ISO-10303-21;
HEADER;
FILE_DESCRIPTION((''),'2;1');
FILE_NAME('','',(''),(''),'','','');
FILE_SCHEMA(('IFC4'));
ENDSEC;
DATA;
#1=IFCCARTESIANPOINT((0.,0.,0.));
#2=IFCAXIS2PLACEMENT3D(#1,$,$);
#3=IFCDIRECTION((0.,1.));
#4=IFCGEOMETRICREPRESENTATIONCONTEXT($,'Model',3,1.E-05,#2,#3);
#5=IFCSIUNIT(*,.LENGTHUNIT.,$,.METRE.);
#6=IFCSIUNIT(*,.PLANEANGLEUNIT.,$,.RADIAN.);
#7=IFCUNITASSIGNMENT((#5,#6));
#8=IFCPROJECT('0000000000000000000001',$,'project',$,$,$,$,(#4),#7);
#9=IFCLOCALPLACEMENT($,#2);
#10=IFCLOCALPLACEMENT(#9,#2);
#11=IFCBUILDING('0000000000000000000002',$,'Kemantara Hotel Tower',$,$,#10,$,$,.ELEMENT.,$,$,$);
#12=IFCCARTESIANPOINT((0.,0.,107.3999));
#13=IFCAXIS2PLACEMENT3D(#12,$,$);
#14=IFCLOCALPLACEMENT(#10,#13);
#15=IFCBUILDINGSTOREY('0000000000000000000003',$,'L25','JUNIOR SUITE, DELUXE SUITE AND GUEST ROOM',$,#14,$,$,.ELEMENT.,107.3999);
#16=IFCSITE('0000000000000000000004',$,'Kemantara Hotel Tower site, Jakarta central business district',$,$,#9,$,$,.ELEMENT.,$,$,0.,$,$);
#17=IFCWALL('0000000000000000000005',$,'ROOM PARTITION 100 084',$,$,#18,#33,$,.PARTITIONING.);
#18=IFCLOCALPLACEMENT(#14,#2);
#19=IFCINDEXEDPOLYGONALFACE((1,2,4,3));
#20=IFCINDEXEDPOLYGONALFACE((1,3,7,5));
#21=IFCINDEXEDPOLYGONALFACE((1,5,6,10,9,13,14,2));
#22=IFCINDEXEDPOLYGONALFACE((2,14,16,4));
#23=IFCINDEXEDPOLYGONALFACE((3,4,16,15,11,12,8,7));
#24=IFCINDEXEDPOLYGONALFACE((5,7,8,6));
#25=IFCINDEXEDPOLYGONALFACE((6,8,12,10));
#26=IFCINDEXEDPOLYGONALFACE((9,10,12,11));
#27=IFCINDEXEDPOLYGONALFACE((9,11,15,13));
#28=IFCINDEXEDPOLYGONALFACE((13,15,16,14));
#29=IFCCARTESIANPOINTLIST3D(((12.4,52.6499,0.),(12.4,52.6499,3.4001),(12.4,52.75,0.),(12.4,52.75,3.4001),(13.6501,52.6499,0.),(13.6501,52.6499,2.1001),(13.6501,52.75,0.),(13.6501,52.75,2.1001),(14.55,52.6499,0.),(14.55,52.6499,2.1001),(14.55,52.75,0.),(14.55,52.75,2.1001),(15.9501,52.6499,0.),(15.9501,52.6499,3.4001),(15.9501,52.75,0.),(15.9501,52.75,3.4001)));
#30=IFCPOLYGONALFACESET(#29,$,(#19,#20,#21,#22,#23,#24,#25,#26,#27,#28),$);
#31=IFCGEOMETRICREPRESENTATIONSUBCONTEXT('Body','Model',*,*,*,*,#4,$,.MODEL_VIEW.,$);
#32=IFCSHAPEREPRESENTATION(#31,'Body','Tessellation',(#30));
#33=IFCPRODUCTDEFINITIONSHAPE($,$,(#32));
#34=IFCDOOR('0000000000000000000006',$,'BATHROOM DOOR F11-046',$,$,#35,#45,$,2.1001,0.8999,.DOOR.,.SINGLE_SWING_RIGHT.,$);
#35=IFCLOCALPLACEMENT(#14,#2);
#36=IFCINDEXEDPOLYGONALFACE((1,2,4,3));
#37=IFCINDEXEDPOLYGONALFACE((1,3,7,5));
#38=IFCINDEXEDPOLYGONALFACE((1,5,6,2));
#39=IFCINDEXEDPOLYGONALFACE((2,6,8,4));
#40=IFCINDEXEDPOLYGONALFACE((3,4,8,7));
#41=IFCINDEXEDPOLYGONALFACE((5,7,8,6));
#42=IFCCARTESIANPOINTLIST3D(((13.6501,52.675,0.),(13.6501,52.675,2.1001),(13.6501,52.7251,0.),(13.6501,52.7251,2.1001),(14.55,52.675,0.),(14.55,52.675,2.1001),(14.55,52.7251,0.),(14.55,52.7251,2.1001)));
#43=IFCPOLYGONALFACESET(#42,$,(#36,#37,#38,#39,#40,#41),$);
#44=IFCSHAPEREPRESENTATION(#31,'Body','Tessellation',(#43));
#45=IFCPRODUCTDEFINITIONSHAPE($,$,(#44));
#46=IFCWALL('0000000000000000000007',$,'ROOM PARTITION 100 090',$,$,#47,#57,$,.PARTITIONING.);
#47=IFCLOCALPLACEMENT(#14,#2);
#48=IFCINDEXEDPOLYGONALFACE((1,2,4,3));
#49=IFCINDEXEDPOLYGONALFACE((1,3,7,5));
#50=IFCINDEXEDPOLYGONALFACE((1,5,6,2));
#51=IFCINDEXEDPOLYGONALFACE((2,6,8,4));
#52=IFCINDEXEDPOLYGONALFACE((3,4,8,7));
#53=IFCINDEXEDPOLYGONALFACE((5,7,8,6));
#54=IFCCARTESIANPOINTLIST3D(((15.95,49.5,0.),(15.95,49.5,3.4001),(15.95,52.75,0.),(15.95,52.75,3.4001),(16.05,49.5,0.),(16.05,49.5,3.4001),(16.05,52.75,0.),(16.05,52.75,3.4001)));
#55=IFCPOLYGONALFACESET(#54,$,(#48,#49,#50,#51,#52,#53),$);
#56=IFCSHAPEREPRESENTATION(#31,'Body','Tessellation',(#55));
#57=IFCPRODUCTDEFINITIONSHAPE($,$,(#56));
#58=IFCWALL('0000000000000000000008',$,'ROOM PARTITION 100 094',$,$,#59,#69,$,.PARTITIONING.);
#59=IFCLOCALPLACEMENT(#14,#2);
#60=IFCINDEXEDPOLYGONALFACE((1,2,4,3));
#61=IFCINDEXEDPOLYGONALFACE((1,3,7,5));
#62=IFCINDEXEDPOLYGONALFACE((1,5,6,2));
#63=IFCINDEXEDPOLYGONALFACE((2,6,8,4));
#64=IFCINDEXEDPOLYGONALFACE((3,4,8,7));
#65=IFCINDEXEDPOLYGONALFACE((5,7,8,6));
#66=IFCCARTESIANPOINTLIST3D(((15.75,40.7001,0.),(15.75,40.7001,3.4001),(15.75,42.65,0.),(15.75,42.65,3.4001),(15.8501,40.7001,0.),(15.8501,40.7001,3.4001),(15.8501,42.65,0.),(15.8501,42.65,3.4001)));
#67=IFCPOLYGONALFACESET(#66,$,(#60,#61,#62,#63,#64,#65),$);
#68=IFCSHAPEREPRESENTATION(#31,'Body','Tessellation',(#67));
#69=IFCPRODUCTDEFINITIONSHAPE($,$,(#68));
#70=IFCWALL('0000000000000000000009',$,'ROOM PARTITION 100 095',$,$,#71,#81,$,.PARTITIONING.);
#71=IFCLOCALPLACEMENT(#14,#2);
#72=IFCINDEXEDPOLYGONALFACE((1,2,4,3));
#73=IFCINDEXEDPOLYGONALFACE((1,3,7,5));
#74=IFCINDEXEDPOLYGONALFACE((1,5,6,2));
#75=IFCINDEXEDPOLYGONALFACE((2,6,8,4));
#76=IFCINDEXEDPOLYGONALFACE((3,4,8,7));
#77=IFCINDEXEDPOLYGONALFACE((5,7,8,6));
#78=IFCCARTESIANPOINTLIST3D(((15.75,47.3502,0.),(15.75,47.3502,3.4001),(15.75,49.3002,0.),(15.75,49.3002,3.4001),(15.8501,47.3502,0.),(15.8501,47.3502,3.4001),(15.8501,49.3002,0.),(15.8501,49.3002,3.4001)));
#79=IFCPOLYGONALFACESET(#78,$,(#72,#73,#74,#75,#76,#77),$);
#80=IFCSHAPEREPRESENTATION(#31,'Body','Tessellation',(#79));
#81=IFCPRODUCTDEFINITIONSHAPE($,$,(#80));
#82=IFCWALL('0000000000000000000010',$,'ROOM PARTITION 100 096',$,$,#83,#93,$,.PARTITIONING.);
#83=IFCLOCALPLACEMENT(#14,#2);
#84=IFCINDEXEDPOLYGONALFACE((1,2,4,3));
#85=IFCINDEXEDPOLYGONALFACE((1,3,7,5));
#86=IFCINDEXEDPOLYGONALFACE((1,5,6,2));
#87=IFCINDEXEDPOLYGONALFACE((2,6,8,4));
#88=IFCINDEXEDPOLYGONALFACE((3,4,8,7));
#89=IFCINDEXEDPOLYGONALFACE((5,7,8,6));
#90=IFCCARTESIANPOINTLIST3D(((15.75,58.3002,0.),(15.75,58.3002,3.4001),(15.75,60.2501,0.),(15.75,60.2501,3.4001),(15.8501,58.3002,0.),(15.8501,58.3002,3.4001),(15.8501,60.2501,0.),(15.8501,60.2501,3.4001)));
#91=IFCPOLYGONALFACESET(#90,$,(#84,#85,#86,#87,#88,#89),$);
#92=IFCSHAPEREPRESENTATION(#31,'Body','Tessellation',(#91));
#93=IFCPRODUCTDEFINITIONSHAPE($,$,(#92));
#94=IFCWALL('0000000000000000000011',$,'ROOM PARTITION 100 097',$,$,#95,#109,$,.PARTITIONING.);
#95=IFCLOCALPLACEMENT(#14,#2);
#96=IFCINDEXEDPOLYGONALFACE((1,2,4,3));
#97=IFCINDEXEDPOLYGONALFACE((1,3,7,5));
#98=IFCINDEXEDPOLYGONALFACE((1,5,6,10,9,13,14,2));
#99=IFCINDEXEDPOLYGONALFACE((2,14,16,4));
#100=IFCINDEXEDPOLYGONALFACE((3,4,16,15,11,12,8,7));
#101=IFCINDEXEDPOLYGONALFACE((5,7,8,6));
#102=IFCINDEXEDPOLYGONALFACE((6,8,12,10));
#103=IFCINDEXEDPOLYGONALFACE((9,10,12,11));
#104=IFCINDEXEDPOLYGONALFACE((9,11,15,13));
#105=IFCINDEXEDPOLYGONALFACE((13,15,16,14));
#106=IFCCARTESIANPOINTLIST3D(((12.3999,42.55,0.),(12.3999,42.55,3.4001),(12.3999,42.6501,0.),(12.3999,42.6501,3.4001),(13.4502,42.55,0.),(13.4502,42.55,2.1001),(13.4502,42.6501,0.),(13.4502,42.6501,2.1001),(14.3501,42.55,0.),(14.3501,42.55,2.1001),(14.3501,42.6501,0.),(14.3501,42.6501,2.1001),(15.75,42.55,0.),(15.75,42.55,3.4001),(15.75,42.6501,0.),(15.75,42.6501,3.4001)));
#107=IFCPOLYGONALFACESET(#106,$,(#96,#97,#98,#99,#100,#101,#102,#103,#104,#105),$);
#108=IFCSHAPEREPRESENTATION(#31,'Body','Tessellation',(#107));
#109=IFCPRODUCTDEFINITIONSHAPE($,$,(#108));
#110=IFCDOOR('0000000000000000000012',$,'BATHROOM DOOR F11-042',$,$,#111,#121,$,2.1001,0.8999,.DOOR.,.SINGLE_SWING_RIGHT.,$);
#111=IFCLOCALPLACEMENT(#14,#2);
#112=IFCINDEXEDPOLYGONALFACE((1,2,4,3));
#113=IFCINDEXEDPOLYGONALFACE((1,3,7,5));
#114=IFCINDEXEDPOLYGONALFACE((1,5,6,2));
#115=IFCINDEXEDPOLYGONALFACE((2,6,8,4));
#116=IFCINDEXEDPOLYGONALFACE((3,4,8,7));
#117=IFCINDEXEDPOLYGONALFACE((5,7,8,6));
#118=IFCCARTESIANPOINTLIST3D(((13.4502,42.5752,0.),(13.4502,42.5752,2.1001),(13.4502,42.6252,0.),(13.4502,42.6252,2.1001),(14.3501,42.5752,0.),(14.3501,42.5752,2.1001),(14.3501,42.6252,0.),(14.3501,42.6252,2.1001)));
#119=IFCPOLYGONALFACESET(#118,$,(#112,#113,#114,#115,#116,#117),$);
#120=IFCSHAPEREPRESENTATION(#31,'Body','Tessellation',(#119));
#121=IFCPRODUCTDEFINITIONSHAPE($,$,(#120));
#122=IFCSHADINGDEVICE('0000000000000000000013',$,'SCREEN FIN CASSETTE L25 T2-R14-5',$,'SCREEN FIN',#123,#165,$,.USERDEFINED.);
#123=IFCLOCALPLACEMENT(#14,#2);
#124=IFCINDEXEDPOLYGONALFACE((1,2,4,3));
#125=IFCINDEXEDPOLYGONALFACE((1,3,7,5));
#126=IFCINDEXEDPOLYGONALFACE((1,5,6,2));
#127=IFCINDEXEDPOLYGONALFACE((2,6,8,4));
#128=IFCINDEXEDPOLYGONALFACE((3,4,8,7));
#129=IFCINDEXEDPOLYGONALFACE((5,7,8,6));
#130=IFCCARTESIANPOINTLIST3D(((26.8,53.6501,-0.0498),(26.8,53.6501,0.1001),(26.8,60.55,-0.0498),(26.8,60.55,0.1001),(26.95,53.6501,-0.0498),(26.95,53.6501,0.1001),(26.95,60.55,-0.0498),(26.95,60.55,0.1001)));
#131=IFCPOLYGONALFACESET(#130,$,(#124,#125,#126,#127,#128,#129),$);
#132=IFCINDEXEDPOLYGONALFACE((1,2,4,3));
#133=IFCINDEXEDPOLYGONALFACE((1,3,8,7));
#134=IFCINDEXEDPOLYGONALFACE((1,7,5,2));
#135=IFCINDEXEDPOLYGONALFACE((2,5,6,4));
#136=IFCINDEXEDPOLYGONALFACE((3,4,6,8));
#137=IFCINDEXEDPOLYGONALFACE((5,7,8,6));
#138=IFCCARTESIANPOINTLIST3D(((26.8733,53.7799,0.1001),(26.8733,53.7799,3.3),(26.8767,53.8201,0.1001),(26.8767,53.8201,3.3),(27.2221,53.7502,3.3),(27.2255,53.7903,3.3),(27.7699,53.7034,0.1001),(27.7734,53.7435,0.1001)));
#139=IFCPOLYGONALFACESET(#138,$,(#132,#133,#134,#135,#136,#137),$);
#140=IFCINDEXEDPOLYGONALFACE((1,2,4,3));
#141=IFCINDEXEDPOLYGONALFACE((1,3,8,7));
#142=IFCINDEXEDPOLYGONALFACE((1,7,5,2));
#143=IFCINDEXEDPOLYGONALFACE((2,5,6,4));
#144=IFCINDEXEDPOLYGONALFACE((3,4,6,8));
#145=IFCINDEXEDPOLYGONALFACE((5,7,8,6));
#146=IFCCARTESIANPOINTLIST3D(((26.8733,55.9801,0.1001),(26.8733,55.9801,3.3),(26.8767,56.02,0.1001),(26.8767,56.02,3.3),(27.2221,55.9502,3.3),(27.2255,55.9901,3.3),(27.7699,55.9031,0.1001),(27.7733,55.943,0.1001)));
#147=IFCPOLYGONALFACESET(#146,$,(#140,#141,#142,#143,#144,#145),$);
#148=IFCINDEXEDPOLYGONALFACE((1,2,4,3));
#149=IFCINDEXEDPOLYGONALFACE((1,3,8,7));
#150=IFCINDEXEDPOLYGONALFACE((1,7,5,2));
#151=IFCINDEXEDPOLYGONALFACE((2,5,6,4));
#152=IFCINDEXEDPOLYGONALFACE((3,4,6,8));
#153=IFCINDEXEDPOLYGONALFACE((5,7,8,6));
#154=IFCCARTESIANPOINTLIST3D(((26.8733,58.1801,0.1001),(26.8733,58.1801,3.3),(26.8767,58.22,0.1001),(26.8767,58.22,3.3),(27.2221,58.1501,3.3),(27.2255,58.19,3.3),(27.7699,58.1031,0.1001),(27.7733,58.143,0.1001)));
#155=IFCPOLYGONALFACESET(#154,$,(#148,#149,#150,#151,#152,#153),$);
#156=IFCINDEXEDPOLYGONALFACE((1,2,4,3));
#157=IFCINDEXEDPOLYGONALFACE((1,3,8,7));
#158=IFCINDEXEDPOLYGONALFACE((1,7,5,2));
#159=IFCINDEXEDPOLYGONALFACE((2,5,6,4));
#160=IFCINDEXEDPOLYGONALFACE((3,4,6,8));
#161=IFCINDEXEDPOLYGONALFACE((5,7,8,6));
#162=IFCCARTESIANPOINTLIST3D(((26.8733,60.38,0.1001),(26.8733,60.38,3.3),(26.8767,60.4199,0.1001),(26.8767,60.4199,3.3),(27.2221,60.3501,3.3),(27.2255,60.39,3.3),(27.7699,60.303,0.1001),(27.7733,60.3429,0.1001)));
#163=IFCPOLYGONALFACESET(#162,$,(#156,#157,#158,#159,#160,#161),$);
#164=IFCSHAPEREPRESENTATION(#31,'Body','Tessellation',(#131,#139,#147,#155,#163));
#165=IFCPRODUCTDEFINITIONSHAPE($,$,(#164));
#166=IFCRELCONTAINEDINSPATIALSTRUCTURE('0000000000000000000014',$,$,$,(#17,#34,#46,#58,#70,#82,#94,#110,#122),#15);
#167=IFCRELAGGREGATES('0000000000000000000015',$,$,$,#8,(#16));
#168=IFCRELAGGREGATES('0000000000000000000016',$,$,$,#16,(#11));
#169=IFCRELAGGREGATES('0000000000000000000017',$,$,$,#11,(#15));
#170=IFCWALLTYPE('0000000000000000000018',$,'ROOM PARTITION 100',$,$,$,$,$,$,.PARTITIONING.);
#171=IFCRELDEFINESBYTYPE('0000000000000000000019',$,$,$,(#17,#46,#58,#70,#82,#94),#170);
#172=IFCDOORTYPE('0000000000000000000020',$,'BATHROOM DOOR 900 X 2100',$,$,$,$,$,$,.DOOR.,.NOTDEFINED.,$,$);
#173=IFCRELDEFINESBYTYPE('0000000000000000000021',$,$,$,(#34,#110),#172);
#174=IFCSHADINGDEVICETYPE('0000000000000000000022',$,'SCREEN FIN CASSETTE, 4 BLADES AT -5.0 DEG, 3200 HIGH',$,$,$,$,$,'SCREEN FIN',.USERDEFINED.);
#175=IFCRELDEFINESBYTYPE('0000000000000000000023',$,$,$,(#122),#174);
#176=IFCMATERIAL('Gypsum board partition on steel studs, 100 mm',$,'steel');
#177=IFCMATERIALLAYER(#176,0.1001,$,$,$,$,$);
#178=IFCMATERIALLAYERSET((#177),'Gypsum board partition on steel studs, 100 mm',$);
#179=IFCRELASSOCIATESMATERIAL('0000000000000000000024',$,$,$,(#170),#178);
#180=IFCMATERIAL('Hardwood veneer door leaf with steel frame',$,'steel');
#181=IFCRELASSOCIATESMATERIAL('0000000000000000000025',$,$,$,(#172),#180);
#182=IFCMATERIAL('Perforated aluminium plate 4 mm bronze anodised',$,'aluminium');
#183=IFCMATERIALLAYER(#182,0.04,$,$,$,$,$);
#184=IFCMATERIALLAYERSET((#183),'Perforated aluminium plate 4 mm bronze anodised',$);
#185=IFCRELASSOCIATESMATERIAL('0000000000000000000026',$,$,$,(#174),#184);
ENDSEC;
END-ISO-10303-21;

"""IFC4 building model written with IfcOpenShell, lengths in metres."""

from ifc_helpers import new_model, si_unit, direction, frame, frame_2d, origin, origin_2d, place, context, subcontext, project, spatial, polyline, rectangle, outline, extrude, source, transform, mapped, material, layer, layer_set, type_object, element, fill, save


model = new_model("IFC4")

# Units and contexts
model_context = context("Model", 3, precision=1e-05, world=origin(), true_north=direction((0.0, 1.0)))
body_context = subcontext(model_context, "Body", "Model", "MODEL_VIEW")
ifc_project = project(units=[si_unit("LENGTHUNIT", "METRE"), si_unit("PLANEANGLEUNIT", "RADIAN")], contexts=[model_context])

# Site, building, storey
site_placement = place(None, origin())
site = spatial("IfcSite", under=ifc_project, at=site_placement, Name="Kemantara Hotel Tower site, Jakarta central business district", CompositionType="ELEMENT", RefElevation=0.0)
building_placement = place(site_placement, origin())
building = spatial("IfcBuilding", under=site, at=building_placement, Name="Kemantara Hotel Tower", CompositionType="ELEMENT")
storey_placement = place(building_placement, frame((0.0, 0.0, 107.3999)))
storey = spatial("IfcBuildingStorey", under=building, at=storey_placement, Name="L25", Description="JUNIOR SUITE, DELUXE SUITE AND GUEST ROOM", CompositionType="ELEMENT", Elevation=107.3999)

# Wall, opening, door
ifc_material_1 = material(Name="Gypsum board partition on steel studs, 100 mm", Category="steel")
ifc_layer_1 = layer(ifc_material_1, 0.1001)
ifc_layer_set_1 = layer_set([ifc_layer_1], Name="Gypsum board partition on steel studs, 100 mm")
wall_type_1 = type_object("IfcWallType", Name="ROOM PARTITION 100", PredefinedType="PARTITIONING", material=ifc_layer_set_1)
wall_1_placement = place(storey_placement, frame((15.95, 52.7, 0.0), z_axis=(0.0, 0.0, 1.0), x_axis=(-1.0, 0.0, 0.0)))
wall_1 = element("IfcWall", 1, at=wall_1_placement, inside=storey, type_object=wall_type_1, Name="ROOM PARTITION 100 084", PredefinedType="PARTITIONING", context=body_context, shape_type="SweptSolid", body=[
    extrude(rectangle(XDim=3.55, YDim=0.1001, at=frame_2d((1.7749, 0.0))), origin(), (0.0, 0.0, 1.0), 3.4001),
])
opening_1_placement = place(wall_1_placement, frame((1.3999, 0.0, 0.0)))
opening_1 = element("IfcOpeningElement", 2, at=opening_1_placement, cuts=wall_1, PredefinedType="OPENING", context=body_context, shape_type="SweptSolid", body=[
    extrude(rectangle(XDim=0.8999, YDim=2.1001, at=frame_2d((0.45, 1.05))), frame((0.0, 0.0601, 0.0), z_axis=(0.0, -1.0, 0.0), x_axis=(1.0, 0.0, 0.0)), (0.0, 0.0, 1.0), 0.1201),
])
ifc_material_2 = material(Name="Hardwood veneer door leaf with steel frame", Category="steel")
door_type = type_object("IfcDoorType", Name="BATHROOM DOOR 900 X 2100", OperationType="NOTDEFINED", PredefinedType="DOOR", material=ifc_material_2)
door_1_placement = place(opening_1_placement, origin())
door_1 = element("IfcDoor", 3, at=door_1_placement, inside=storey, type_object=door_type, Name="BATHROOM DOOR F11-046", OperationType="SINGLE_SWING_RIGHT", OverallHeight=2.1001, OverallWidth=0.8999, PredefinedType="DOOR", context=body_context, shape_type="SweptSolid", body=[
    extrude(rectangle(XDim=0.8999, YDim=2.1001, at=frame_2d((0.45, 1.05))), frame((0.0, 0.0249, 0.0), z_axis=(0.0, -1.0, 0.0), x_axis=(1.0, 0.0, 0.0)), (0.0, 0.0, 1.0), 0.05),
])
fill(opening_1, door_1)

# Walls
wall_2_placement = place(storey_placement, frame((16.0, 49.5, 0.0), z_axis=(0.0, 0.0, 1.0), x_axis=(0.0, 1.0, 0.0)))
element("IfcWall", 4, at=wall_2_placement, inside=storey, type_object=wall_type_1, Name="ROOM PARTITION 100 090", PredefinedType="PARTITIONING", context=body_context, shape_type="SweptSolid", body=[
    extrude(rectangle(XDim=3.25, YDim=0.1001, at=frame_2d((1.625, 0.0))), origin(), (0.0, 0.0, 1.0), 3.4001),
])
for number, where, z_axis, x_axis, name in (
    (5, (15.8, 40.7, 0.0), (0.0, 0.0, 1.0), (0.0, 1.0, 0.0), "ROOM PARTITION 100 094"),
    (6, (15.8, 47.3501, 0.0), (0.0, 0.0, 1.0), (0.0, 1.0, 0.0), "ROOM PARTITION 100 095"),
    (7, (15.8, 58.3, 0.0), (0.0, 0.0, 1.0), (0.0, 1.0, 0.0), "ROOM PARTITION 100 096"),
):
    element("IfcWall", number, at=place(storey_placement, frame(where, z_axis=z_axis, x_axis=x_axis)), inside=storey, type_object=wall_type_1, Name=name, PredefinedType="PARTITIONING", context=body_context, shape_type="SweptSolid", body=[
        extrude(rectangle(XDim=1.95, YDim=0.1001, at=frame_2d((0.9751, 0.0))), origin(), (0.0, 0.0, 1.0), 3.4001),
    ])

# Wall, opening, door
wall_3_placement = place(storey_placement, frame((15.75, 42.6001, 0.0), z_axis=(0.0, 0.0, 1.0), x_axis=(-1.0, 0.0, 0.0)))
wall_3 = element("IfcWall", 8, at=wall_3_placement, inside=storey, type_object=wall_type_1, Name="ROOM PARTITION 100 097", PredefinedType="PARTITIONING", context=body_context, shape_type="SweptSolid", body=[
    extrude(rectangle(XDim=3.3501, YDim=0.1001, at=frame_2d((1.675, 0.0))), origin(), (0.0, 0.0, 1.0), 3.4001),
])
opening_2_placement = place(wall_3_placement, frame((1.3999, 0.0, 0.0)))
opening_2 = element("IfcOpeningElement", 9, at=opening_2_placement, cuts=wall_3, PredefinedType="OPENING", context=body_context, shape_type="SweptSolid", body=[
    extrude(rectangle(XDim=0.8999, YDim=2.1001, at=frame_2d((0.45, 1.05))), frame((0.0, 0.0601, 0.0), z_axis=(0.0, -1.0, 0.0), x_axis=(1.0, 0.0, 0.0)), (0.0, 0.0, 1.0), 0.1201),
])
door_2_placement = place(opening_2_placement, origin())
door_2 = element("IfcDoor", 10, at=door_2_placement, inside=storey, type_object=door_type, Name="BATHROOM DOOR F11-042", OperationType="SINGLE_SWING_RIGHT", OverallHeight=2.1001, OverallWidth=0.8999, PredefinedType="DOOR", context=body_context, shape_type="SweptSolid", body=[
    extrude(rectangle(XDim=0.8999, YDim=2.1001, at=frame_2d((0.45, 1.05))), frame((0.0, 0.0249, 0.0), z_axis=(0.0, -1.0, 0.0), x_axis=(1.0, 0.0, 0.0)), (0.0, 0.0, 1.0), 0.05),
])
fill(opening_2, door_2)

# Shading device
ifc_material_3 = material(Name="Perforated aluminium plate 4 mm bronze anodised", Category="aluminium")
ifc_layer_2 = layer(ifc_material_3, 0.04)
ifc_layer_set_2 = layer_set([ifc_layer_2], Name="Perforated aluminium plate 4 mm bronze anodised")
shading_device_type_1 = type_object("IfcShadingDeviceType", Name="SCREEN FIN CASSETTE, 4 BLADES AT -5.0 DEG, 3200 HIGH", ElementType="SCREEN FIN", PredefinedType="USERDEFINED", material=ifc_layer_set_2)
shared_shape_1 = source(origin(), body_context, "Body", "SweptSolid", [
    extrude(rectangle(XDim=6.8999, YDim=0.1499, at=origin_2d()), frame((3.3, -0.075, -0.1499), z_axis=(0.0, 0.0, 1.0), x_axis=(1.0, 0.0, 0.0)), (0.0, 0.0, 1.0), 0.1499),
    extrude(outline(polyline([(0.0, 0.0), (0.8999, 0.0), (0.3501, 3.2), (0.0, 3.2), (0.0, 0.0)])), frame((0.02, -0.0767, 0.0), z_axis=(-0.996376, 0.085056, 0.0), x_axis=(-0.085056, -0.996376, 0.0)), (0.0, 0.0, 1.0), 0.0403),
    extrude(outline(polyline([(0.0, 0.0), (0.8999, 0.0), (0.3501, 3.2), (0.0, 3.2), (0.0, 0.0)])), frame((2.22, -0.0767, 0.0), z_axis=(-0.996332, 0.085575, 0.0), x_axis=(-0.085575, -0.996332, 0.0)), (0.0, 0.0, 1.0), 0.04),
    extrude(outline(polyline([(0.0, 0.0), (0.8999, 0.0), (0.3501, 3.2), (0.0, 3.2), (0.0, 0.0)])), frame((4.4199, -0.0767, 0.0), z_axis=(-0.996332, 0.085575, 0.0), x_axis=(-0.085575, -0.996332, 0.0)), (0.0, 0.0, 1.0), 0.04),
    extrude(outline(polyline([(0.0, 0.0), (0.8999, 0.0), (0.3501, 3.2), (0.0, 3.2), (0.0, 0.0)])), frame((6.6199, -0.0767, 0.0), z_axis=(-0.996332, 0.085575, 0.0), x_axis=(-0.085575, -0.996332, 0.0)), (0.0, 0.0, 1.0), 0.04),
])
shading_device_1_placement = place(storey_placement, frame((26.8, 53.8, 0.1001), z_axis=(0.0, 0.0, 1.0), x_axis=(0.0, 1.0, 0.0)))
element("IfcShadingDevice", 11, at=shading_device_1_placement, inside=storey, type_object=shading_device_type_1, Name="SCREEN FIN CASSETTE L25 T2-R14-5", ObjectType="SCREEN FIN", PredefinedType="USERDEFINED", context=body_context, shape_type="MappedRepresentation", body=[
    mapped(shared_shape_1, transform((0.0, 0.0, 0.0))),
])

save(model, "model.ifc")
